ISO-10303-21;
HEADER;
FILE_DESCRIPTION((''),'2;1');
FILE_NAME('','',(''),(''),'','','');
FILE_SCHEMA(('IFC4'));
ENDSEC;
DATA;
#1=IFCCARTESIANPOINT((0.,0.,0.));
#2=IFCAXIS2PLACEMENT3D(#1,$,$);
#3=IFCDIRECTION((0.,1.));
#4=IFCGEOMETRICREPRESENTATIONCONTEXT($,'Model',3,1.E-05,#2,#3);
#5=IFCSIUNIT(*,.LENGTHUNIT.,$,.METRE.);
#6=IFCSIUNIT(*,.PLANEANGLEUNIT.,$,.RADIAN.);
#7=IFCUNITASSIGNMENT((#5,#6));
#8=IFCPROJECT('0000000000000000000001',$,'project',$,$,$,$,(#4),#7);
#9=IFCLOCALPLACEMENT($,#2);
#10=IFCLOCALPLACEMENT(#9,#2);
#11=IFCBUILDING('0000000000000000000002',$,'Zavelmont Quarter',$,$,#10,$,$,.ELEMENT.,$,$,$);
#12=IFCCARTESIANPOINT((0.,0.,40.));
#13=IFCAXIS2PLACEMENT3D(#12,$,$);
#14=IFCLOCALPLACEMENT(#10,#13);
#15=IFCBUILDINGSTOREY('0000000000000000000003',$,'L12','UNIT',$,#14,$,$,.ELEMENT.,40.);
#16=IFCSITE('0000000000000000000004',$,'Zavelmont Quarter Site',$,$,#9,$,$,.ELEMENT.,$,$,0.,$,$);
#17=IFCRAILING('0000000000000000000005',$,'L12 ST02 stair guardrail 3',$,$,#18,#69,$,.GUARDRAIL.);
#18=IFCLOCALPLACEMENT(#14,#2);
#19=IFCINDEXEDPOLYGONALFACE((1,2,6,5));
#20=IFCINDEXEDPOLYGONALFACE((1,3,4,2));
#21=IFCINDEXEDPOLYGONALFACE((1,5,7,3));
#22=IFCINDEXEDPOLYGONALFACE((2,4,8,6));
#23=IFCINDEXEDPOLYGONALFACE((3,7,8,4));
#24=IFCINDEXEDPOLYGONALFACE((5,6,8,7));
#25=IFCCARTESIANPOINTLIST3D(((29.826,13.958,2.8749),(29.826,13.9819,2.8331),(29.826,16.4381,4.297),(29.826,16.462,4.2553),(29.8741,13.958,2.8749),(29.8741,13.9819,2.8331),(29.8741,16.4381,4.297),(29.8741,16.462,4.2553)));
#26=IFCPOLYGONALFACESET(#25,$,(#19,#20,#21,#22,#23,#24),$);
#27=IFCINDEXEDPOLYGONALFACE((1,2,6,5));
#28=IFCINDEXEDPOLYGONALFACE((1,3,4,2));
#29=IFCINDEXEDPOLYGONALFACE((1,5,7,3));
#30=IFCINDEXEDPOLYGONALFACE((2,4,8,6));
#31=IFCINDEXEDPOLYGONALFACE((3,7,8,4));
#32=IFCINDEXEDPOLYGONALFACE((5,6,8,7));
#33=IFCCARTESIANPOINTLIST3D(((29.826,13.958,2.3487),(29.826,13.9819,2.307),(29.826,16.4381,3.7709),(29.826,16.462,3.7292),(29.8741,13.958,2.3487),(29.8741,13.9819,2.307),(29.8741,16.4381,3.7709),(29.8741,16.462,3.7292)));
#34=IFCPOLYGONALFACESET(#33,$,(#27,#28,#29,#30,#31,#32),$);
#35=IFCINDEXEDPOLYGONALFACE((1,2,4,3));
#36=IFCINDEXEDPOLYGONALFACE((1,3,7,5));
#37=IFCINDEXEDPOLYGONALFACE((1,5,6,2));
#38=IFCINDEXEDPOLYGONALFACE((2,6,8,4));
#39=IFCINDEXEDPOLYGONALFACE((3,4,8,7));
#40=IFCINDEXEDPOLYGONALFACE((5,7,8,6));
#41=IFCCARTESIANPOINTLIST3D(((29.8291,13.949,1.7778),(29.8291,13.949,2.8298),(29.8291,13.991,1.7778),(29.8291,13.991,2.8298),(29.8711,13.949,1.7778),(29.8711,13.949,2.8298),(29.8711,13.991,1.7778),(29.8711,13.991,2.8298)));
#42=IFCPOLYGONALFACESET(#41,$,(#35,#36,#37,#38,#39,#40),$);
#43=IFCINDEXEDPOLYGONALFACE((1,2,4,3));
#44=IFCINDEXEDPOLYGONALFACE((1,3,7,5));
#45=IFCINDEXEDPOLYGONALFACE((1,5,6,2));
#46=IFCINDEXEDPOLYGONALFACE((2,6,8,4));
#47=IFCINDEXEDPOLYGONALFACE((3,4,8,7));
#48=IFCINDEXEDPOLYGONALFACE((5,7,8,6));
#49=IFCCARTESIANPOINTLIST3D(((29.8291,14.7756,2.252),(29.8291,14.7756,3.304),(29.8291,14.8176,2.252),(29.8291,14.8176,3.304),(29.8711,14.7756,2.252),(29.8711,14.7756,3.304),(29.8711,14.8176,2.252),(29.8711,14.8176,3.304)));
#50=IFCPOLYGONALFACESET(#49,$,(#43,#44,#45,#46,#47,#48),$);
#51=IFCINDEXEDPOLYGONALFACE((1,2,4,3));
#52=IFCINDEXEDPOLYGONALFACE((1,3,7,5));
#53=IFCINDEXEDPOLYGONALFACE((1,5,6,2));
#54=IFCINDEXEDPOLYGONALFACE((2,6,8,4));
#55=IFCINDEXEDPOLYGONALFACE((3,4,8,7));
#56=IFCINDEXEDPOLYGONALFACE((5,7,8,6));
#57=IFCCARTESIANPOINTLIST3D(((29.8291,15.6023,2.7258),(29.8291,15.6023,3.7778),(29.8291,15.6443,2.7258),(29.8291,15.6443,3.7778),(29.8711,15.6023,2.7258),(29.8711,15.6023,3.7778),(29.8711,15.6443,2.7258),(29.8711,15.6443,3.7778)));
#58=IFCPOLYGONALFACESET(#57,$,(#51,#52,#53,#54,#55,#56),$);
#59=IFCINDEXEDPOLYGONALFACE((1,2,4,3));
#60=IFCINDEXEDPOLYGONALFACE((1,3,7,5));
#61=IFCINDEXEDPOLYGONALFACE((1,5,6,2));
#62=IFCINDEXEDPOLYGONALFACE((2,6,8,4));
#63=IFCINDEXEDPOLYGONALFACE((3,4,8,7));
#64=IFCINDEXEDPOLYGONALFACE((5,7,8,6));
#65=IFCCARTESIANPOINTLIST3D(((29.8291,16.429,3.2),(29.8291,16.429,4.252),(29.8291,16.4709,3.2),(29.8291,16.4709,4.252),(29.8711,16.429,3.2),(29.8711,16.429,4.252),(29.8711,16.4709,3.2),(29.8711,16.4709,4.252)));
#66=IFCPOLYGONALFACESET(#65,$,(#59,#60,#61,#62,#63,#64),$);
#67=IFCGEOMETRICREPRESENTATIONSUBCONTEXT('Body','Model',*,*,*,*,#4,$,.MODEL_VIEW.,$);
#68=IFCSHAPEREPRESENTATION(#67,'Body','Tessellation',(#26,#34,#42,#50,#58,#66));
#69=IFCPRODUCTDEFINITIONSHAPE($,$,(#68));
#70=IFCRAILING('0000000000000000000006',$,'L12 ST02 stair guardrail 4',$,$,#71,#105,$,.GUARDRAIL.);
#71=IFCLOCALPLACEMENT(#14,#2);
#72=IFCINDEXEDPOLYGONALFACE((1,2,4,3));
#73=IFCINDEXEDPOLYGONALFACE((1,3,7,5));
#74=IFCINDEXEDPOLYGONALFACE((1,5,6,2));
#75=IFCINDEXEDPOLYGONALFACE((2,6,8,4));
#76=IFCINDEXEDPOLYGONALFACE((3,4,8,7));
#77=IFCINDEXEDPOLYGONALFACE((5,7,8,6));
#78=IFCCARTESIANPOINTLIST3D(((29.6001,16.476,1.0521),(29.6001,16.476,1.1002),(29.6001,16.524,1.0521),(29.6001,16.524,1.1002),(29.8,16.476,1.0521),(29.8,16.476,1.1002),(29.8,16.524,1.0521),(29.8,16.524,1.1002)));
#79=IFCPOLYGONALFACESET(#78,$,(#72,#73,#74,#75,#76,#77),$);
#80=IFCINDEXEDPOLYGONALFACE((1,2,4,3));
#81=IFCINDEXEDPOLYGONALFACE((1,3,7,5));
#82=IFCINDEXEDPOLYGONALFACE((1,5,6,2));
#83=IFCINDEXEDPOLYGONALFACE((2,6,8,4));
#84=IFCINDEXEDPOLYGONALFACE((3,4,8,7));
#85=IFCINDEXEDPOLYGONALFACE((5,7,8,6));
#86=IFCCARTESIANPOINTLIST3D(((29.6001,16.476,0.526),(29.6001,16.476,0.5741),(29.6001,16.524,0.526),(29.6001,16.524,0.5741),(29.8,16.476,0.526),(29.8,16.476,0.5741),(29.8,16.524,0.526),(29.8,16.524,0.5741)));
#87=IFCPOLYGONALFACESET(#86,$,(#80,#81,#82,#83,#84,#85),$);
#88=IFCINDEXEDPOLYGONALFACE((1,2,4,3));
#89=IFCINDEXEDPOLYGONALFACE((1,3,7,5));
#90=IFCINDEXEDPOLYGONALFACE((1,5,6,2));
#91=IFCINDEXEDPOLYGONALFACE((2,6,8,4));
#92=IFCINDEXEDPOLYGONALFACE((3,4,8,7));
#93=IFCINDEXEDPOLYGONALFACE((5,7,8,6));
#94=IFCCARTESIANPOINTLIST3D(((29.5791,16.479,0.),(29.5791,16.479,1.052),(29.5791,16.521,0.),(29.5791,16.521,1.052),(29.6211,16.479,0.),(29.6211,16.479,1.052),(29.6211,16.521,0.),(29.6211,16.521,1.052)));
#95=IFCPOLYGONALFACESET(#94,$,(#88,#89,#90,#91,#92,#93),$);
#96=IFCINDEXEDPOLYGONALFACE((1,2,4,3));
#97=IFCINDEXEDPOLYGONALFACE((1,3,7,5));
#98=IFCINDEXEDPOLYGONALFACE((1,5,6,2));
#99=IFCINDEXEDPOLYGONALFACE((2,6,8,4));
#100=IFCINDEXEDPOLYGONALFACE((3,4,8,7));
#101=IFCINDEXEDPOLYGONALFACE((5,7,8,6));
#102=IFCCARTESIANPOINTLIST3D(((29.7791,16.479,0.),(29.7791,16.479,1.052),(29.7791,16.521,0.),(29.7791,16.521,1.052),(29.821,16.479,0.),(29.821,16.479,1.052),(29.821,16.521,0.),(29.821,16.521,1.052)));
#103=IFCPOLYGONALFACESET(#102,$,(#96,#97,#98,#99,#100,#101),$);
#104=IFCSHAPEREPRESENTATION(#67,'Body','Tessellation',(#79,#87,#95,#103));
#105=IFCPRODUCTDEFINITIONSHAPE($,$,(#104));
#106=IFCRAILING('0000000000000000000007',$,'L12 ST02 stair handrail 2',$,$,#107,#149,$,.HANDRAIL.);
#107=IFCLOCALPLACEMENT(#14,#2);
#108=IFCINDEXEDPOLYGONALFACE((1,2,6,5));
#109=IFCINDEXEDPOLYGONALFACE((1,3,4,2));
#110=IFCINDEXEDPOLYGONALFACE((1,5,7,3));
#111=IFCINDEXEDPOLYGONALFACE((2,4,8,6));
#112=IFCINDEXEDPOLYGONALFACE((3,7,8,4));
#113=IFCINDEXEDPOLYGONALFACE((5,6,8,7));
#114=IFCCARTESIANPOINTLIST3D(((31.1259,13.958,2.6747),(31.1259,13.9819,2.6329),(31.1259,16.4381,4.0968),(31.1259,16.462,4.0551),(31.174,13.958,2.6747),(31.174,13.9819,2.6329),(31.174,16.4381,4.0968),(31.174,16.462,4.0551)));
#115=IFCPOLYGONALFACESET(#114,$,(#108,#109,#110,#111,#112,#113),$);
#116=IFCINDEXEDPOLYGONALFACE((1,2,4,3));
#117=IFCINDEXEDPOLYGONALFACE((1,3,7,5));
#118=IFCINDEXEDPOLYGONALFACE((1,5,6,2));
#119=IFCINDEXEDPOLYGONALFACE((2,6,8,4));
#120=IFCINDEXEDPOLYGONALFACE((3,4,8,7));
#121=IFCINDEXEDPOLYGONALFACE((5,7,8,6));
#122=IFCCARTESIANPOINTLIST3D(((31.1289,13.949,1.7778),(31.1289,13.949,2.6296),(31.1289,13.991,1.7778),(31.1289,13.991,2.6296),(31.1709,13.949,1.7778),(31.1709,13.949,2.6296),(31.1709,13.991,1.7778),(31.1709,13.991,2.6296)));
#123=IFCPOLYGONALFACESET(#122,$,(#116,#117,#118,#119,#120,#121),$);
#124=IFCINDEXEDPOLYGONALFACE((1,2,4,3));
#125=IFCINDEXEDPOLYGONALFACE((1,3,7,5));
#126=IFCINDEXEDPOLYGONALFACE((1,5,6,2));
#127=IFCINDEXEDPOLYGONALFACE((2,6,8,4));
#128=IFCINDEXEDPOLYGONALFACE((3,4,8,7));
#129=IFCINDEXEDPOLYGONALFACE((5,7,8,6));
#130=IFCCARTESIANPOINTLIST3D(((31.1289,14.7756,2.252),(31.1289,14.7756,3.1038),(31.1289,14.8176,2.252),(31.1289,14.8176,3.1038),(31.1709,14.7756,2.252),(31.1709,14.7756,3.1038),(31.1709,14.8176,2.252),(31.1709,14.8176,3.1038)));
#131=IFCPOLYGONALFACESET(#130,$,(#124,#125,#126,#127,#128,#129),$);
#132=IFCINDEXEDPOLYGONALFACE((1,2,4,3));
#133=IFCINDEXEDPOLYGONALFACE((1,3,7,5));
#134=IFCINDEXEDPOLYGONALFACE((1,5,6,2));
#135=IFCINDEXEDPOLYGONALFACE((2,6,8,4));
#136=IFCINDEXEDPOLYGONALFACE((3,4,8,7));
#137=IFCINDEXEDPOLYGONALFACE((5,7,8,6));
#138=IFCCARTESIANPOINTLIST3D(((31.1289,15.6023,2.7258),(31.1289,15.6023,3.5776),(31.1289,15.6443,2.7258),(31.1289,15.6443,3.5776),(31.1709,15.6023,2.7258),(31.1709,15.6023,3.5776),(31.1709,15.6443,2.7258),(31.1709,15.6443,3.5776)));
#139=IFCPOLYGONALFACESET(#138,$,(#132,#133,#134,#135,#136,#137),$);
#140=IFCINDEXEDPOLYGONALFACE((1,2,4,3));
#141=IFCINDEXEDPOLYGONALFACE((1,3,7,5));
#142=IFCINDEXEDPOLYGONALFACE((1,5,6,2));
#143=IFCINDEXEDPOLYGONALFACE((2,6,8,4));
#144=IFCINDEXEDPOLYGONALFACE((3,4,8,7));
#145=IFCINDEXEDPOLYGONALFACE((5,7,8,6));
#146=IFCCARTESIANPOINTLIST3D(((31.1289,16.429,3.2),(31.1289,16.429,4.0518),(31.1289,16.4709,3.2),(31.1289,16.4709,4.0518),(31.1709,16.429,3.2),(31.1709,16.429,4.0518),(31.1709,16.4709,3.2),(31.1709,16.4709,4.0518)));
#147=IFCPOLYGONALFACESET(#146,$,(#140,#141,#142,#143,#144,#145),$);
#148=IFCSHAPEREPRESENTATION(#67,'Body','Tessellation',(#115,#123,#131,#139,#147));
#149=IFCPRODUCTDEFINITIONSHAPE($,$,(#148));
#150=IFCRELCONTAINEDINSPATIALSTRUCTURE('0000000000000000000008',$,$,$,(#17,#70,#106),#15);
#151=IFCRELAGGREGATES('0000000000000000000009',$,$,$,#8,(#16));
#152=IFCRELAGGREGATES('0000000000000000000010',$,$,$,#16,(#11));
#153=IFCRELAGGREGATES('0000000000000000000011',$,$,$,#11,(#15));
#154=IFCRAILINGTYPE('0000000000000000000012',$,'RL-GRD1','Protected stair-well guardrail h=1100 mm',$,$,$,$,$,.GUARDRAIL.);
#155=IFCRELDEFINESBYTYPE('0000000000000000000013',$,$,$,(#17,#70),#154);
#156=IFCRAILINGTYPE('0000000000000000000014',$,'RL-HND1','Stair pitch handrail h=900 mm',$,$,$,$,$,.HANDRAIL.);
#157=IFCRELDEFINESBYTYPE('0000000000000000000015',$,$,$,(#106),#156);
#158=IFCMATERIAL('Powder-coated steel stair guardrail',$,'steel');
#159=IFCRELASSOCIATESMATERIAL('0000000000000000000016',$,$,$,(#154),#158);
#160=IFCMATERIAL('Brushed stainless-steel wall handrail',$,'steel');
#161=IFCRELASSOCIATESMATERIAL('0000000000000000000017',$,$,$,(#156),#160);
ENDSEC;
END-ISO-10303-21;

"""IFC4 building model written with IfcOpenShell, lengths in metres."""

from ifc_helpers import new_model, si_unit, direction, frame, origin, origin_2d, place, context, subcontext, project, spatial, rectangle, extrude, material, type_object, element, save


model = new_model("IFC4")

# Units and contexts
model_context = context("Model", 3, precision=1e-05, world=origin(), true_north=direction((0.0, 1.0)))
body_context = subcontext(model_context, "Body", "Model", "MODEL_VIEW")
ifc_project = project(units=[si_unit("LENGTHUNIT", "METRE"), si_unit("PLANEANGLEUNIT", "RADIAN")], contexts=[model_context])

# Site, building, storey
site_placement = place(None, origin())
site = spatial("IfcSite", under=ifc_project, at=site_placement, Name="Zavelmont Quarter Site", CompositionType="ELEMENT", RefElevation=0.0)
building_placement = place(site_placement, origin())
building = spatial("IfcBuilding", under=site, at=building_placement, Name="Zavelmont Quarter", CompositionType="ELEMENT")
storey_placement = place(building_placement, frame((0.0, 0.0, 40.0)))
storey = spatial("IfcBuildingStorey", under=building, at=storey_placement, Name="L12", Description="UNIT", CompositionType="ELEMENT", Elevation=40.0)

# Railings
ifc_material_1 = material(Name="Powder-coated steel stair guardrail", Category="steel")
railing_type_1 = type_object("IfcRailingType", Name="RL-GRD1", Description="Protected stair-well guardrail h=1100 mm", PredefinedType="GUARDRAIL", material=ifc_material_1)
railing_1_placement = place(storey_placement, frame((29.8501, 13.97, 1.7778)))
element("IfcRailing", 1, at=railing_1_placement, inside=storey, type_object=railing_type_1, Name="L12 ST02 stair guardrail 3", PredefinedType="GUARDRAIL", context=body_context, shape_type="SweptSolid", body=[
    extrude(rectangle(XDim=0.0481, YDim=0.0481, at=origin_2d()), frame((0.0, 0.0, 1.0762), z_axis=(0.0, 0.867491, 0.497454), x_axis=(-1.0, 0.0, 0.0)), (0.0, 0.0, 1.0), 2.8589),
    extrude(rectangle(XDim=0.0481, YDim=0.0481, at=origin_2d()), frame((0.0, 0.0, 0.55), z_axis=(0.0, 0.867491, 0.497454), x_axis=(-1.0, 0.0, 0.0)), (0.0, 0.0, 1.0), 2.8589),
    extrude(rectangle(XDim=0.042, YDim=0.042, at=origin_2d()), origin(), (0.0, 0.0, 1.0), 1.052),
    extrude(rectangle(XDim=0.042, YDim=0.042, at=origin_2d()), frame((0.0, 0.8267, 0.4741)), (0.0, 0.0, 1.0), 1.052),
    extrude(rectangle(XDim=0.042, YDim=0.042, at=origin_2d()), frame((0.0, 1.6533, 0.948)), (0.0, 0.0, 1.0), 1.052),
    extrude(rectangle(XDim=0.042, YDim=0.042, at=origin_2d()), frame((0.0, 2.48, 1.4221)), (0.0, 0.0, 1.0), 1.052),
])
railing_2_placement = place(storey_placement, frame((29.6001, 16.5, 0.0)))
element("IfcRailing", 2, at=railing_2_placement, inside=storey, type_object=railing_type_1, Name="L12 ST02 stair guardrail 4", PredefinedType="GUARDRAIL", context=body_context, shape_type="SweptSolid", body=[
    extrude(rectangle(XDim=0.0481, YDim=0.0481, at=origin_2d()), frame((0.0, 0.0, 1.0762), z_axis=(1.0, 0.0, 0.0), x_axis=(0.0, 1.0, 0.0)), (0.0, 0.0, 1.0), 0.2),
    extrude(rectangle(XDim=0.0481, YDim=0.0481, at=origin_2d()), frame((0.0, 0.0, 0.55), z_axis=(1.0, 0.0, 0.0), x_axis=(0.0, 1.0, 0.0)), (0.0, 0.0, 1.0), 0.2),
    extrude(rectangle(XDim=0.042, YDim=0.042, at=origin_2d()), origin(), (0.0, 0.0, 1.0), 1.052),
    extrude(rectangle(XDim=0.042, YDim=0.042, at=origin_2d()), frame((0.2, 0.0, 0.0)), (0.0, 0.0, 1.0), 1.052),
])
ifc_material_2 = material(Name="Brushed stainless-steel wall handrail", Category="steel")
railing_type_2 = type_object("IfcRailingType", Name="RL-HND1", Description="Stair pitch handrail h=900 mm", PredefinedType="HANDRAIL", material=ifc_material_2)
railing_3_placement = place(storey_placement, frame((31.1499, 13.97, 1.7778)))
element("IfcRailing", 3, at=railing_3_placement, inside=storey, type_object=railing_type_2, Name="L12 ST02 stair handrail 2", PredefinedType="HANDRAIL", context=body_context, shape_type="SweptSolid", body=[
    extrude(rectangle(XDim=0.0481, YDim=0.0481, at=origin_2d()), frame((0.0, 0.0, 0.876), z_axis=(0.0, 0.867491, 0.497454), x_axis=(-1.0, 0.0, 0.0)), (0.0, 0.0, 1.0), 2.8589),
    extrude(rectangle(XDim=0.042, YDim=0.042, at=origin_2d()), origin(), (0.0, 0.0, 1.0), 0.8518),
    extrude(rectangle(XDim=0.042, YDim=0.042, at=origin_2d()), frame((0.0, 0.8267, 0.4741)), (0.0, 0.0, 1.0), 0.8518),
    extrude(rectangle(XDim=0.042, YDim=0.042, at=origin_2d()), frame((0.0, 1.6533, 0.948)), (0.0, 0.0, 1.0), 0.8518),
    extrude(rectangle(XDim=0.042, YDim=0.042, at=origin_2d()), frame((0.0, 2.48, 1.4221)), (0.0, 0.0, 1.0), 0.8518),
])

save(model, "model.ifc")
